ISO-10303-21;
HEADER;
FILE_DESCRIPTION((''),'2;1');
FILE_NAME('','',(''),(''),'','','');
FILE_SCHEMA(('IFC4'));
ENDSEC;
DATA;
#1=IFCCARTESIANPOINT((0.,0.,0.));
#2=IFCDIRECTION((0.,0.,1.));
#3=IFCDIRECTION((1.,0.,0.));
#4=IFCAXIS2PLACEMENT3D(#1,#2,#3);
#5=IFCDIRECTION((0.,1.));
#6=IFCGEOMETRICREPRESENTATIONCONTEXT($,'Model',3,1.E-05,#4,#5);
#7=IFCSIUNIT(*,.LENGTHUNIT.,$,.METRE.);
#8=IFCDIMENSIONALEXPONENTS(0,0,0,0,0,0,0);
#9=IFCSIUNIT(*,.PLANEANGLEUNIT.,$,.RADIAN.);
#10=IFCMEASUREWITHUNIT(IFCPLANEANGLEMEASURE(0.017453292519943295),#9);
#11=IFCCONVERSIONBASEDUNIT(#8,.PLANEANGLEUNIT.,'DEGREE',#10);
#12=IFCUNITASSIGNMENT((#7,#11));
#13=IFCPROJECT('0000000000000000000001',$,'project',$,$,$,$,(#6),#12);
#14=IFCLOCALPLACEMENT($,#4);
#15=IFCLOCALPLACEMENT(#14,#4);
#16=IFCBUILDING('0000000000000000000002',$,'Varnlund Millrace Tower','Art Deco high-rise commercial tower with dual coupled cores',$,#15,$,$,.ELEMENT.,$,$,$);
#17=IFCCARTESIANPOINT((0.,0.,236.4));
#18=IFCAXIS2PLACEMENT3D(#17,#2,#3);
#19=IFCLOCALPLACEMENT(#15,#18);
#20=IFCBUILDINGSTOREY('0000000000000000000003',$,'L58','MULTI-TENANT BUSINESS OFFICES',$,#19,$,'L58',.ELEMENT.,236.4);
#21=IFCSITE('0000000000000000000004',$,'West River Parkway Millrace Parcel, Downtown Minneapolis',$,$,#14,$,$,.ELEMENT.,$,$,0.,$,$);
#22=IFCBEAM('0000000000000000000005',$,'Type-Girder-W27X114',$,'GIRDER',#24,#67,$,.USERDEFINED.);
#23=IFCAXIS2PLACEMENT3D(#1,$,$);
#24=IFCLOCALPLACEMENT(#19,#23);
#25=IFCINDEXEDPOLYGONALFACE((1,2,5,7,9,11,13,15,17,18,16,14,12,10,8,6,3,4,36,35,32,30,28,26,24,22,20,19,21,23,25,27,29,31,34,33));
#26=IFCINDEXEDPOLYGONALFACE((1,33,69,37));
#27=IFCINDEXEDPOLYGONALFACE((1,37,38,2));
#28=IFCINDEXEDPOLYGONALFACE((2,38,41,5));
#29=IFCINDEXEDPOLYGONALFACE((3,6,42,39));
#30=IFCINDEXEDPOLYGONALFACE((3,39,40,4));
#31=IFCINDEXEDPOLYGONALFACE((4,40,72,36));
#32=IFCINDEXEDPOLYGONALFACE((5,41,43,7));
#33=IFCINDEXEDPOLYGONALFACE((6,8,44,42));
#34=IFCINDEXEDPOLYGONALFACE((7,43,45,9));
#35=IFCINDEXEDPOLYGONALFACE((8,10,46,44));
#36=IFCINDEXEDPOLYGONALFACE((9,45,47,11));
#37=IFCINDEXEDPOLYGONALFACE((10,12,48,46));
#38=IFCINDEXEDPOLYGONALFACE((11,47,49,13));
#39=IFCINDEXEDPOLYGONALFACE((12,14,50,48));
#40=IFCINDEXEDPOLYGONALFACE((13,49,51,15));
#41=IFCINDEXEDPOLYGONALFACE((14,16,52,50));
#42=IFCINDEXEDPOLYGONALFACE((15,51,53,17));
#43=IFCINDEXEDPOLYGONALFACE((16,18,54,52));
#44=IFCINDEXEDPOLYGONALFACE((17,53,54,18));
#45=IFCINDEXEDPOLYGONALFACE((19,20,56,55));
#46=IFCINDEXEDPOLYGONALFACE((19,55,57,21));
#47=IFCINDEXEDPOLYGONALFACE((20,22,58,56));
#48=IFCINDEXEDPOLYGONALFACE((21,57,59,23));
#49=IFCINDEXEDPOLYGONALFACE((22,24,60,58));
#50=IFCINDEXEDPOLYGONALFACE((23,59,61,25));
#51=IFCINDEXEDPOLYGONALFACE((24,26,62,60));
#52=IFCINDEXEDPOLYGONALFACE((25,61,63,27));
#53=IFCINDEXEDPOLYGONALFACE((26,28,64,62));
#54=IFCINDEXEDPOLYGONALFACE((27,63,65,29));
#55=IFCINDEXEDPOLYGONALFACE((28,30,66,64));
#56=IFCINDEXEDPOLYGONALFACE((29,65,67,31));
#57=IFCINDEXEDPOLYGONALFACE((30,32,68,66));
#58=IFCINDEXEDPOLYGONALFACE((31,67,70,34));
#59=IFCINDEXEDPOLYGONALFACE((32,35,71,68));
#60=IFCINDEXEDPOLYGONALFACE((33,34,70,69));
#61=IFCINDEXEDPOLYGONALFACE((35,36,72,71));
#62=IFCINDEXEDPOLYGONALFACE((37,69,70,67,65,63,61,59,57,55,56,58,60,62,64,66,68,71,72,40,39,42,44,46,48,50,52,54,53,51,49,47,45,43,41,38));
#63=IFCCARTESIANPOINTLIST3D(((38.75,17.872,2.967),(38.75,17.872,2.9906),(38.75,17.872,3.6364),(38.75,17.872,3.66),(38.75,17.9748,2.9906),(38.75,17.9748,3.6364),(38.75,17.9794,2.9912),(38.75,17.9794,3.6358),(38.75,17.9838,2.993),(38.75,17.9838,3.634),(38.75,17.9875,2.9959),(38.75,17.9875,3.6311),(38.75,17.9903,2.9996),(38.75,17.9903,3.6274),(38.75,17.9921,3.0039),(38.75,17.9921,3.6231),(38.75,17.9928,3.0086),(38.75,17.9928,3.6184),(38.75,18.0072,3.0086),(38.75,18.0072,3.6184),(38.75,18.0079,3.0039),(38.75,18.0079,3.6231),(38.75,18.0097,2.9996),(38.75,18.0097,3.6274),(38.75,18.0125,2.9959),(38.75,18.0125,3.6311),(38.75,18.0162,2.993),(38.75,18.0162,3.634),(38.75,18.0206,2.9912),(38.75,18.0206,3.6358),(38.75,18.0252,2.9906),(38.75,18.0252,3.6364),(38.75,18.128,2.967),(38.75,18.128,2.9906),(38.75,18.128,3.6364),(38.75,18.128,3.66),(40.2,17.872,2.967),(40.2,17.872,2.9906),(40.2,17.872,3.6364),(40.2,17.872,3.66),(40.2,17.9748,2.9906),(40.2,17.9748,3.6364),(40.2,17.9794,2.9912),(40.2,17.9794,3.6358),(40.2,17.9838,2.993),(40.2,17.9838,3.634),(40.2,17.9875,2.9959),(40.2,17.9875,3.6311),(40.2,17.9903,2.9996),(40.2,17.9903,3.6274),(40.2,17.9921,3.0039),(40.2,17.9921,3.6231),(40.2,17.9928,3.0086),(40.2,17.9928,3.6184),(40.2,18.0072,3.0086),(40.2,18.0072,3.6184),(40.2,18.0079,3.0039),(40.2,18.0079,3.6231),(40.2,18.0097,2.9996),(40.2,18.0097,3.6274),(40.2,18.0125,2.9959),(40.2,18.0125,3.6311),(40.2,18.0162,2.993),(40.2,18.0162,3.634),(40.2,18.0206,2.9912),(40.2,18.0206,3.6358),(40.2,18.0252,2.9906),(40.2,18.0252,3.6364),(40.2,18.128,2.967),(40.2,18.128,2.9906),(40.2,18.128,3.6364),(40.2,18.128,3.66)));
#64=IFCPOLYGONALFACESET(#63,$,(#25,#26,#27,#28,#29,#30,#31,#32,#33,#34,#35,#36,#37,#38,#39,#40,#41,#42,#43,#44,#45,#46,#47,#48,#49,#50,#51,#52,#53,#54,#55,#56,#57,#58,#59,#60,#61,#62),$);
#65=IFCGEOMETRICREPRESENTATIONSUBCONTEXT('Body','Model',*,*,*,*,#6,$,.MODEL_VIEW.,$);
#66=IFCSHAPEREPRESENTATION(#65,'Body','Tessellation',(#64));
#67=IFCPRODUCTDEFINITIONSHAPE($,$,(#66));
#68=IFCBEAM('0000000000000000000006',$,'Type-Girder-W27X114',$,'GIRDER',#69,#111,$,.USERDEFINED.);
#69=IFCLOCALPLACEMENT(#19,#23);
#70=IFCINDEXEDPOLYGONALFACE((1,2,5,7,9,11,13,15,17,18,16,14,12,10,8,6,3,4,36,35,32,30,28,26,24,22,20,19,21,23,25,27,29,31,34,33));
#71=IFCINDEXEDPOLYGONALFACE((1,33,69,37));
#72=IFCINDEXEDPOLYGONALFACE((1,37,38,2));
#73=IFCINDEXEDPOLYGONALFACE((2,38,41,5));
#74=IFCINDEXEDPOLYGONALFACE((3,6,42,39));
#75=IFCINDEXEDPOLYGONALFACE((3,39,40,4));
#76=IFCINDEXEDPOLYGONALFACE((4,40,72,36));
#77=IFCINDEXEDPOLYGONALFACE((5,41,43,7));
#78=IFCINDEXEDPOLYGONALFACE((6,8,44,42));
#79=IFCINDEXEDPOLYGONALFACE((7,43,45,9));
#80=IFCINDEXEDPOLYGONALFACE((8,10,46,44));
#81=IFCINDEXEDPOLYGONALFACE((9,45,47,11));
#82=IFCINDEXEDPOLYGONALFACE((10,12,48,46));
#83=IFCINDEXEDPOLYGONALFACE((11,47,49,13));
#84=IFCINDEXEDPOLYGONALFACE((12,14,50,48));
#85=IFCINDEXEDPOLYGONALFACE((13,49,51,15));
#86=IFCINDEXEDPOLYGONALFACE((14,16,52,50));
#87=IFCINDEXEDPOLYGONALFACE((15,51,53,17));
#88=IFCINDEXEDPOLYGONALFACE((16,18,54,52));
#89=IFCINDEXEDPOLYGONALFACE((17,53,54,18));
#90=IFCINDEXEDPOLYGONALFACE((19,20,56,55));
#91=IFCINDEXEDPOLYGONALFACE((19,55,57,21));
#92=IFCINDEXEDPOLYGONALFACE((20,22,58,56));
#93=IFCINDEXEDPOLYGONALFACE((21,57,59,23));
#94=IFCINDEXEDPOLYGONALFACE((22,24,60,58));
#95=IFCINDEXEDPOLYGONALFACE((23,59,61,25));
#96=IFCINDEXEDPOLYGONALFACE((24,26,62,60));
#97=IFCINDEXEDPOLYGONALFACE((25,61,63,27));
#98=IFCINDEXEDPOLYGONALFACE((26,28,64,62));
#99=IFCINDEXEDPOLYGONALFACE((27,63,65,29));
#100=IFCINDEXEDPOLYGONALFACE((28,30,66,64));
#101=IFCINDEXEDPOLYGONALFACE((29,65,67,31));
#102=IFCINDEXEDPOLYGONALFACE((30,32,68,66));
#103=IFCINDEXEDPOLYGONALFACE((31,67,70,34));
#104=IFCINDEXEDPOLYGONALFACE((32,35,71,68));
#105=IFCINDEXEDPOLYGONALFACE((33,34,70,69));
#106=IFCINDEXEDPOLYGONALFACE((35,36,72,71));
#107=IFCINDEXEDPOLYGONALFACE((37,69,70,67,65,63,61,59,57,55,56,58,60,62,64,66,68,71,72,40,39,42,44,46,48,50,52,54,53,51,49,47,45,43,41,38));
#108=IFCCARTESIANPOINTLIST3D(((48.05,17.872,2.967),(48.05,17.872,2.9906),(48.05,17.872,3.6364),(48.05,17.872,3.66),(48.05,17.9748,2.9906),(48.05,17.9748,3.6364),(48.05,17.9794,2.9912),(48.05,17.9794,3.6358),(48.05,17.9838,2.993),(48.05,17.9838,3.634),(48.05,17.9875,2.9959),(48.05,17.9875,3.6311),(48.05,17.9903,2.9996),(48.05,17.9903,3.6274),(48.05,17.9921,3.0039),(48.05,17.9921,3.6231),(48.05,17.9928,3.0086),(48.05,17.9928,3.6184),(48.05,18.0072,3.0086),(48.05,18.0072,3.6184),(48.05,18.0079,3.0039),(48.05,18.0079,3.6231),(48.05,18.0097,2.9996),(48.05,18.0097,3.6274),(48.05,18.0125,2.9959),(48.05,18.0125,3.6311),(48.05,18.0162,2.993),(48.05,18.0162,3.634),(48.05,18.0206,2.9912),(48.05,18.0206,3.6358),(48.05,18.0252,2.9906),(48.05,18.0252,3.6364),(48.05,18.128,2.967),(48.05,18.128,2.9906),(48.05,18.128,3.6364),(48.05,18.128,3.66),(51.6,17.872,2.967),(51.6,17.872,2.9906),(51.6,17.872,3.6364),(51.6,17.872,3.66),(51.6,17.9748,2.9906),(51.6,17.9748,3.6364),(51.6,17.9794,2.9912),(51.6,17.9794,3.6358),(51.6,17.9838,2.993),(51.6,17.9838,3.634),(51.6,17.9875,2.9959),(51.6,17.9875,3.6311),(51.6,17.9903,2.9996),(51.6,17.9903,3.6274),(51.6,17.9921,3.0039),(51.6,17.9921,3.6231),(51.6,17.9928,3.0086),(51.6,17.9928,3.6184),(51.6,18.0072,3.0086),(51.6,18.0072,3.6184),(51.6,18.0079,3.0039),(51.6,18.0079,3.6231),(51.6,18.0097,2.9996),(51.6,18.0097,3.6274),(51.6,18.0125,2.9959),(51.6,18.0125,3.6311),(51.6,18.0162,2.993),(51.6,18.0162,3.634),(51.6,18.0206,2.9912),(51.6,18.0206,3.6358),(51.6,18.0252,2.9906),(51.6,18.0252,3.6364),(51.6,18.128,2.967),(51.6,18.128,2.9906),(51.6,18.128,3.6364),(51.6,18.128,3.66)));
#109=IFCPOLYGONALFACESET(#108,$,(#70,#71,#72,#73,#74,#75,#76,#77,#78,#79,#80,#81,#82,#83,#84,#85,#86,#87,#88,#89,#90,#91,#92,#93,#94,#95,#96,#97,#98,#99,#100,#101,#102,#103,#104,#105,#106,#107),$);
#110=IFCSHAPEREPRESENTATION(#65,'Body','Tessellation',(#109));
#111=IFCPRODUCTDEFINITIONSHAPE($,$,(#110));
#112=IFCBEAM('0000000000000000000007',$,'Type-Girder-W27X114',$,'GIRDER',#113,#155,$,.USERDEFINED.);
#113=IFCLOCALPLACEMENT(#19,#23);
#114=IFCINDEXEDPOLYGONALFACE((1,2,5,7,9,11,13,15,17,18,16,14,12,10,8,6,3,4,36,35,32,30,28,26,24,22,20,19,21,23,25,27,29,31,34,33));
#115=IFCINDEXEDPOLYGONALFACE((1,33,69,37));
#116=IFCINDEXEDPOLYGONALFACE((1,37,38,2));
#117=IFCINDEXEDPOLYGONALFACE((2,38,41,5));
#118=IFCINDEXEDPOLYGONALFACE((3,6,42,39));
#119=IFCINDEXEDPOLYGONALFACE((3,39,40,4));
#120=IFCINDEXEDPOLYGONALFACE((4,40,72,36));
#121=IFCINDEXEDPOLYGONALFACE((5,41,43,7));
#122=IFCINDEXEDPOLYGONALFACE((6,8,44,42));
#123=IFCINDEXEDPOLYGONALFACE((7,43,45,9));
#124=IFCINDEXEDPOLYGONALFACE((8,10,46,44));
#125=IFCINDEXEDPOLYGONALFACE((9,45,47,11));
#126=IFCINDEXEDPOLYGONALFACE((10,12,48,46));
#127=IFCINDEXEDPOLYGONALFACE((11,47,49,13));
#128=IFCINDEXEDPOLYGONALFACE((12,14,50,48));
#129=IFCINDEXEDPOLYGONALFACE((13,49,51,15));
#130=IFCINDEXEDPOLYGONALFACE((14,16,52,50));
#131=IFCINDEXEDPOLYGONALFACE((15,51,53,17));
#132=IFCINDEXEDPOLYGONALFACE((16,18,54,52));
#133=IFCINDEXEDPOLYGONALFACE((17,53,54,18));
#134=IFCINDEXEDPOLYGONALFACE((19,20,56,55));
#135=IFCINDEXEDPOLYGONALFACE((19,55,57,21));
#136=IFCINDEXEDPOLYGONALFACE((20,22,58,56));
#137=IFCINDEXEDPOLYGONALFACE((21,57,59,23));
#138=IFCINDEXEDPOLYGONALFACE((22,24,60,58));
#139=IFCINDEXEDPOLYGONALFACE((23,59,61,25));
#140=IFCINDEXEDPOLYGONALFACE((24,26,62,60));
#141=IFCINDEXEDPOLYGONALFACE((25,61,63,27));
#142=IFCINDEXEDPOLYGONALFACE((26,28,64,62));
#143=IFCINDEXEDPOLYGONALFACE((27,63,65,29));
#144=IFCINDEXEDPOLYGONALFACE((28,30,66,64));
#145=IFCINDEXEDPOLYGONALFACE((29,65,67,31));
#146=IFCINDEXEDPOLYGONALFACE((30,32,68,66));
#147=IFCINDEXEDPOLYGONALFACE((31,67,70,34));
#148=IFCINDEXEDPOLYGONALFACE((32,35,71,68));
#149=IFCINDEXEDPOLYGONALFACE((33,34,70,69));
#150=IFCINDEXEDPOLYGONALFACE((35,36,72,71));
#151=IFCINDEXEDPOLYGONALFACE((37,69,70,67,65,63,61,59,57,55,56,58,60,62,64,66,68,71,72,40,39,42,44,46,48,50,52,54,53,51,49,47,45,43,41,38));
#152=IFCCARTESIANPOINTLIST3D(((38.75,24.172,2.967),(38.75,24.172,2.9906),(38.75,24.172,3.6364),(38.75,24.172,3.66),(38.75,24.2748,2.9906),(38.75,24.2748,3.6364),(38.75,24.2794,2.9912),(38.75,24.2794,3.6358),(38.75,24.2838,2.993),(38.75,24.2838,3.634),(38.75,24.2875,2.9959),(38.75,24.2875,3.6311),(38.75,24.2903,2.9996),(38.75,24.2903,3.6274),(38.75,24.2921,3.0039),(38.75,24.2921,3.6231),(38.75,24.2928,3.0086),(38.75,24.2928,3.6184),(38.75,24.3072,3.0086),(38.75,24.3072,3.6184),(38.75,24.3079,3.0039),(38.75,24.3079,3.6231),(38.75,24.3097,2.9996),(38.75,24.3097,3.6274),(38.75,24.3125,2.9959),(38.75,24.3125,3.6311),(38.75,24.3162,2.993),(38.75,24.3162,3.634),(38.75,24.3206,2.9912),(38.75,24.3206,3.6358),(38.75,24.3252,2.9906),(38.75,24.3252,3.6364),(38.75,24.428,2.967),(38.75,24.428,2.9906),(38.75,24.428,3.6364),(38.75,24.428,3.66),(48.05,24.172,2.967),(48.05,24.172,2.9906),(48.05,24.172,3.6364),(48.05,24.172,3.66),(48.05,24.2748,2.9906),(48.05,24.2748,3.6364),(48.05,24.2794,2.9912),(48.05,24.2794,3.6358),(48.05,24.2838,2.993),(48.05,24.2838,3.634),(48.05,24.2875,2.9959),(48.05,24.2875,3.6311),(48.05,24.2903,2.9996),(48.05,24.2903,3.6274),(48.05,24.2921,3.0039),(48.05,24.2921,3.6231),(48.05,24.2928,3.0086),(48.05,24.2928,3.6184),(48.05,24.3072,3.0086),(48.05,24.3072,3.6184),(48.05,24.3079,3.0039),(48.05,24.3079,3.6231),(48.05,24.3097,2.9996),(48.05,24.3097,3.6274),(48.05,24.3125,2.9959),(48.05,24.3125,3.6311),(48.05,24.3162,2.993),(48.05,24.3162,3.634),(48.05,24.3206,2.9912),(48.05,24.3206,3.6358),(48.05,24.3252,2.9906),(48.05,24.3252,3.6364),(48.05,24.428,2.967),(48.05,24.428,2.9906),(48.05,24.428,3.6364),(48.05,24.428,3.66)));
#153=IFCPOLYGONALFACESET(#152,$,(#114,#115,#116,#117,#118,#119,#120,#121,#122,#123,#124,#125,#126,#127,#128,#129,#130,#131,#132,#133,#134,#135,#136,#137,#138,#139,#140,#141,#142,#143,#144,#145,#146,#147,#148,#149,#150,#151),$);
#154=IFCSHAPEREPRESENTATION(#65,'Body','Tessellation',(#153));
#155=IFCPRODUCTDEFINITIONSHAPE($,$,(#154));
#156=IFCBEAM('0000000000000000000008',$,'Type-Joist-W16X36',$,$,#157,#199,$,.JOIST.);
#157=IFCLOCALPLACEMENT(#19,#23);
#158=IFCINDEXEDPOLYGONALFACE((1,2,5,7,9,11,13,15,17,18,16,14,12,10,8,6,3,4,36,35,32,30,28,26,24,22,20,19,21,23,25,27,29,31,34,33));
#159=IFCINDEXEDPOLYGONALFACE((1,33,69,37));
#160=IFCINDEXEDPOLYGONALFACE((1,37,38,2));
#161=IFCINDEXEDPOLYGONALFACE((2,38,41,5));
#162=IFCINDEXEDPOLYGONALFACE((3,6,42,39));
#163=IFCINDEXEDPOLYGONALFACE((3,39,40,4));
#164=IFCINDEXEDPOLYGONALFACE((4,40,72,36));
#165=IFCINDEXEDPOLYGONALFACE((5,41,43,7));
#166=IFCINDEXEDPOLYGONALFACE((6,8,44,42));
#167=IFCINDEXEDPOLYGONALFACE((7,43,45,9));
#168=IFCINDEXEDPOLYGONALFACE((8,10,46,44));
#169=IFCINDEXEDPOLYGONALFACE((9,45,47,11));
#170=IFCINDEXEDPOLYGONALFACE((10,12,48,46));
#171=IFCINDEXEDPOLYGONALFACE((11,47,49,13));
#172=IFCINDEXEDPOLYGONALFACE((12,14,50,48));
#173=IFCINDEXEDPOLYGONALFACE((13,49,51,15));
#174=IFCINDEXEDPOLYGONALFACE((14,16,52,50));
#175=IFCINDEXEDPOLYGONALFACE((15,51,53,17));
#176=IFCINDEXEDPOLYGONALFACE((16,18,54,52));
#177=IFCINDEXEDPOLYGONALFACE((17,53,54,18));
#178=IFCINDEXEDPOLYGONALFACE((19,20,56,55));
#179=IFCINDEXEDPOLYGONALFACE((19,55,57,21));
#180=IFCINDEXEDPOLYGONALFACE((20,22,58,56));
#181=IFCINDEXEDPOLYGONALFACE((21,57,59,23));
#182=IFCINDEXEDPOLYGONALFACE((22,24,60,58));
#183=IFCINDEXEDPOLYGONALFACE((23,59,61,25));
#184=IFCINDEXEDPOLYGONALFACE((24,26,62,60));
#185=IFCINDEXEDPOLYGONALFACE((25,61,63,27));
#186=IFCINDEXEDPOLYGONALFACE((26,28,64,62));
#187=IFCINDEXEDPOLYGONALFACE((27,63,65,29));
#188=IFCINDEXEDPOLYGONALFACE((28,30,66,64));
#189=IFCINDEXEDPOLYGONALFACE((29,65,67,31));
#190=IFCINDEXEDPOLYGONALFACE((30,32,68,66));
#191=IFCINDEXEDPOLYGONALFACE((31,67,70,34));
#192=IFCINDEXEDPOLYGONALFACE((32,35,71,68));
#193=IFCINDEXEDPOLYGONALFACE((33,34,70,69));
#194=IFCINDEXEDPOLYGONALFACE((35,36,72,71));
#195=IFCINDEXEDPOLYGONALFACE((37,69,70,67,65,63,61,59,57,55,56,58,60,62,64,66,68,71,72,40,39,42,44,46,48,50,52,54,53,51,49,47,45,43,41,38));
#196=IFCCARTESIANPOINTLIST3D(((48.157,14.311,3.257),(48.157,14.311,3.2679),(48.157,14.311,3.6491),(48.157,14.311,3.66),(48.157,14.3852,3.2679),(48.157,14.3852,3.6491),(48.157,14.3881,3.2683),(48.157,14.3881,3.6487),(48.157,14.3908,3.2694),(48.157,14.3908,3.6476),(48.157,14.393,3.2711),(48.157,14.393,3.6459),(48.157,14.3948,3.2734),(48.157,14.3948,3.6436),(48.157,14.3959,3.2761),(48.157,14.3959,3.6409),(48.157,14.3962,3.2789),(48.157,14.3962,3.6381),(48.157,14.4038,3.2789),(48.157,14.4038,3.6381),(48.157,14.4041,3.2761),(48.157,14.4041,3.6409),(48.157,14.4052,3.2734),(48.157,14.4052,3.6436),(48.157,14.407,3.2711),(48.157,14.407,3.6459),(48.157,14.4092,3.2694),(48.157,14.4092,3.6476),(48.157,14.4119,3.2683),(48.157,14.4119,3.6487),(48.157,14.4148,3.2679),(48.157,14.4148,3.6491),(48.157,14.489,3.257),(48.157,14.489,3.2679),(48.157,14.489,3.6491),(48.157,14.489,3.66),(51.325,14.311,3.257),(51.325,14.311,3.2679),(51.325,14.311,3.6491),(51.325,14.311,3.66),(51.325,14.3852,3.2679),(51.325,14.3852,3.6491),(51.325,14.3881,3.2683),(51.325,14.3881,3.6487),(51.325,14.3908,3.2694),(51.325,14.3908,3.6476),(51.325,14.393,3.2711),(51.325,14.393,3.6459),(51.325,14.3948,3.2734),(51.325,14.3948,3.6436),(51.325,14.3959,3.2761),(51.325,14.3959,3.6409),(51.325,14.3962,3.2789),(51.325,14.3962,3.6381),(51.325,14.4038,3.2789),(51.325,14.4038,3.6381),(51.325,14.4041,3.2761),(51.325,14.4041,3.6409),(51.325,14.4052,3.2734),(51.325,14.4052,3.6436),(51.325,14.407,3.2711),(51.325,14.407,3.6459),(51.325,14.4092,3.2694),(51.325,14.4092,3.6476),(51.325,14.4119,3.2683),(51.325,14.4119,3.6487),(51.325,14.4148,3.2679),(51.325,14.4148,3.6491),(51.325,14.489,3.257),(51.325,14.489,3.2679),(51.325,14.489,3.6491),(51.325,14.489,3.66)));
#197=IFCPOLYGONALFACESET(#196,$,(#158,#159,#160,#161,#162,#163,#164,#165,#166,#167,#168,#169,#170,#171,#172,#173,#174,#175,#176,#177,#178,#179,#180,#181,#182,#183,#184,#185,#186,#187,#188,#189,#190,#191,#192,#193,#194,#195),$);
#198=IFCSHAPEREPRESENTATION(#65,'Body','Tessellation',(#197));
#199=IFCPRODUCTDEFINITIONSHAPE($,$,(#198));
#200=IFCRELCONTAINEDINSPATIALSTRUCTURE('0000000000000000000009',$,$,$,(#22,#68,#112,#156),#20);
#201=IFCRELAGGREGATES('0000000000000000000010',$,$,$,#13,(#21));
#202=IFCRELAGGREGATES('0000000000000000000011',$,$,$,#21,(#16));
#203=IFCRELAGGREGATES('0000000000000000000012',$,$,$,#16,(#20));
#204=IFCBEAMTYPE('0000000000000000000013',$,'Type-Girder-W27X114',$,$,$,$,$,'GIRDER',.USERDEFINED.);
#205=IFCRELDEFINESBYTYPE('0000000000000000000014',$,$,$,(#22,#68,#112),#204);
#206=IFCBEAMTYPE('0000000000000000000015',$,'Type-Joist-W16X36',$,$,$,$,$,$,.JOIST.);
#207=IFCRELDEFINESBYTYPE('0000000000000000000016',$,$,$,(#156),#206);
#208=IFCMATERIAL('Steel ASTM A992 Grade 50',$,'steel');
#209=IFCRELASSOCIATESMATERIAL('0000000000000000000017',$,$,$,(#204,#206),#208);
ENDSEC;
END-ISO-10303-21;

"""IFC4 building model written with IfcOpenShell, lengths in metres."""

from ifc_helpers import new_model, entity, si_unit, converted_unit, direction, frame, origin_with_axes, origin_2d_with_axis, place, context, subcontext, project, spatial, i_section, extrude, material, material_profile, profile_set, type_object, element, save


model = new_model("IFC4")

# Units and contexts
model_context = context("Model", 3, precision=1e-05, world=origin_with_axes(), true_north=direction((0.0, 1.0)))
body_context = subcontext(model_context, "Body", "Model", "MODEL_VIEW")
ifc_project = project(units=[si_unit("LENGTHUNIT", "METRE"), converted_unit("PLANEANGLEUNIT", "DEGREE", entity("IfcPlaneAngleMeasure", 0.017453292519943295), si_unit("PLANEANGLEUNIT", "RADIAN"), dimensions=[0, 0, 0, 0, 0, 0, 0])], contexts=[model_context])

# Site, building, storey
site_placement = place(None, origin_with_axes())
site = spatial("IfcSite", under=ifc_project, at=site_placement, Name="West River Parkway Millrace Parcel, Downtown Minneapolis", CompositionType="ELEMENT", RefElevation=0.0)
building_placement = place(site_placement, origin_with_axes())
building = spatial("IfcBuilding", under=site, at=building_placement, Name="Varnlund Millrace Tower", Description="Art Deco high-rise commercial tower with dual coupled cores", CompositionType="ELEMENT")
storey_placement = place(building_placement, frame((0.0, 0.0, 236.4), z_axis=(0.0, 0.0, 1.0), x_axis=(1.0, 0.0, 0.0)))
storey = spatial("IfcBuildingStorey", under=building, at=storey_placement, Name="L58", Description="MULTI-TENANT BUSINESS OFFICES", LongName="L58", CompositionType="ELEMENT", Elevation=236.4)

# Beams
ifc_material_1 = material(Name="Steel ASTM A992 Grade 50", Category="steel")
ifc_material_profile_1 = material_profile(ifc_material_1, i_section(OverallWidth=0.256, OverallDepth=0.693, WebThickness=0.0145, FlangeThickness=0.0236, FilletRadius=0.018, at=origin_2d_with_axis()), Name="Steel ASTM A992 Grade 50")
ifc_profile_set_1 = profile_set([ifc_material_profile_1], Name="Steel ASTM A992 Grade 50")
beam_type_1 = type_object("IfcBeamType", Name="Type-Girder-W27X114", ElementType="GIRDER", PredefinedType="USERDEFINED", material=ifc_profile_set_1)
beam_1_placement = place(storey_placement, frame((38.75, 18.0, 3.3135), z_axis=(1.0, 0.0, 0.0), x_axis=(0.0, 1.0, 0.0)))
element("IfcBeam", 1, at=beam_1_placement, inside=storey, type_object=beam_type_1, Name="Type-Girder-W27X114", ObjectType="GIRDER", PredefinedType="USERDEFINED", context=body_context, shape_type="SweptSolid", body=[
    extrude(i_section(OverallWidth=0.256, OverallDepth=0.693, WebThickness=0.0145, FlangeThickness=0.0236, FilletRadius=0.018, at=origin_2d_with_axis()), origin_with_axes(), (0.0, 0.0, 1.0), 1.45),
])
beam_2_placement = place(storey_placement, frame((48.05, 18.0, 3.3135), z_axis=(1.0, 0.0, 0.0), x_axis=(0.0, 1.0, 0.0)))
element("IfcBeam", 2, at=beam_2_placement, inside=storey, type_object=beam_type_1, Name="Type-Girder-W27X114", ObjectType="GIRDER", PredefinedType="USERDEFINED", context=body_context, shape_type="SweptSolid", body=[
    extrude(i_section(OverallWidth=0.256, OverallDepth=0.693, WebThickness=0.0145, FlangeThickness=0.0236, FilletRadius=0.018, at=origin_2d_with_axis()), origin_with_axes(), (0.0, 0.0, 1.0), 3.55),
])
beam_3_placement = place(storey_placement, frame((38.75, 24.3, 3.3135), z_axis=(1.0, 0.0, 0.0), x_axis=(0.0, 1.0, 0.0)))
element("IfcBeam", 3, at=beam_3_placement, inside=storey, type_object=beam_type_1, Name="Type-Girder-W27X114", ObjectType="GIRDER", PredefinedType="USERDEFINED", context=body_context, shape_type="SweptSolid", body=[
    extrude(i_section(OverallWidth=0.256, OverallDepth=0.693, WebThickness=0.0145, FlangeThickness=0.0236, FilletRadius=0.018, at=origin_2d_with_axis()), origin_with_axes(), (0.0, 0.0, 1.0), 9.3),
])
ifc_material_profile_2 = material_profile(ifc_material_1, i_section(OverallWidth=0.178, OverallDepth=0.403, WebThickness=0.0075, FlangeThickness=0.0109, FilletRadius=0.011, at=origin_2d_with_axis()), Name="Steel ASTM A992 Grade 50")
ifc_profile_set_2 = profile_set([ifc_material_profile_2], Name="Steel ASTM A992 Grade 50")
beam_type_2 = type_object("IfcBeamType", Name="Type-Joist-W16X36", PredefinedType="JOIST", material=ifc_profile_set_2)
for number, where, z_axis, x_axis, name in (
    (4, (48.157, 14.4, 3.4585), (1.0, 0.0, 0.0), (0.0, 1.0, 0.0), "Type-Joist-W16X36"),
):
    element("IfcBeam", number, at=place(storey_placement, frame(where, z_axis=z_axis, x_axis=x_axis)), inside=storey, type_object=beam_type_2, Name=name, PredefinedType="JOIST", context=body_context, shape_type="SweptSolid", body=[
        extrude(i_section(OverallWidth=0.178, OverallDepth=0.403, WebThickness=0.0075, FlangeThickness=0.0109, FilletRadius=0.011, at=origin_2d_with_axis()), origin_with_axes(), (0.0, 0.0, 1.0), 3.168),
    ])

save(model, "model.ifc")
